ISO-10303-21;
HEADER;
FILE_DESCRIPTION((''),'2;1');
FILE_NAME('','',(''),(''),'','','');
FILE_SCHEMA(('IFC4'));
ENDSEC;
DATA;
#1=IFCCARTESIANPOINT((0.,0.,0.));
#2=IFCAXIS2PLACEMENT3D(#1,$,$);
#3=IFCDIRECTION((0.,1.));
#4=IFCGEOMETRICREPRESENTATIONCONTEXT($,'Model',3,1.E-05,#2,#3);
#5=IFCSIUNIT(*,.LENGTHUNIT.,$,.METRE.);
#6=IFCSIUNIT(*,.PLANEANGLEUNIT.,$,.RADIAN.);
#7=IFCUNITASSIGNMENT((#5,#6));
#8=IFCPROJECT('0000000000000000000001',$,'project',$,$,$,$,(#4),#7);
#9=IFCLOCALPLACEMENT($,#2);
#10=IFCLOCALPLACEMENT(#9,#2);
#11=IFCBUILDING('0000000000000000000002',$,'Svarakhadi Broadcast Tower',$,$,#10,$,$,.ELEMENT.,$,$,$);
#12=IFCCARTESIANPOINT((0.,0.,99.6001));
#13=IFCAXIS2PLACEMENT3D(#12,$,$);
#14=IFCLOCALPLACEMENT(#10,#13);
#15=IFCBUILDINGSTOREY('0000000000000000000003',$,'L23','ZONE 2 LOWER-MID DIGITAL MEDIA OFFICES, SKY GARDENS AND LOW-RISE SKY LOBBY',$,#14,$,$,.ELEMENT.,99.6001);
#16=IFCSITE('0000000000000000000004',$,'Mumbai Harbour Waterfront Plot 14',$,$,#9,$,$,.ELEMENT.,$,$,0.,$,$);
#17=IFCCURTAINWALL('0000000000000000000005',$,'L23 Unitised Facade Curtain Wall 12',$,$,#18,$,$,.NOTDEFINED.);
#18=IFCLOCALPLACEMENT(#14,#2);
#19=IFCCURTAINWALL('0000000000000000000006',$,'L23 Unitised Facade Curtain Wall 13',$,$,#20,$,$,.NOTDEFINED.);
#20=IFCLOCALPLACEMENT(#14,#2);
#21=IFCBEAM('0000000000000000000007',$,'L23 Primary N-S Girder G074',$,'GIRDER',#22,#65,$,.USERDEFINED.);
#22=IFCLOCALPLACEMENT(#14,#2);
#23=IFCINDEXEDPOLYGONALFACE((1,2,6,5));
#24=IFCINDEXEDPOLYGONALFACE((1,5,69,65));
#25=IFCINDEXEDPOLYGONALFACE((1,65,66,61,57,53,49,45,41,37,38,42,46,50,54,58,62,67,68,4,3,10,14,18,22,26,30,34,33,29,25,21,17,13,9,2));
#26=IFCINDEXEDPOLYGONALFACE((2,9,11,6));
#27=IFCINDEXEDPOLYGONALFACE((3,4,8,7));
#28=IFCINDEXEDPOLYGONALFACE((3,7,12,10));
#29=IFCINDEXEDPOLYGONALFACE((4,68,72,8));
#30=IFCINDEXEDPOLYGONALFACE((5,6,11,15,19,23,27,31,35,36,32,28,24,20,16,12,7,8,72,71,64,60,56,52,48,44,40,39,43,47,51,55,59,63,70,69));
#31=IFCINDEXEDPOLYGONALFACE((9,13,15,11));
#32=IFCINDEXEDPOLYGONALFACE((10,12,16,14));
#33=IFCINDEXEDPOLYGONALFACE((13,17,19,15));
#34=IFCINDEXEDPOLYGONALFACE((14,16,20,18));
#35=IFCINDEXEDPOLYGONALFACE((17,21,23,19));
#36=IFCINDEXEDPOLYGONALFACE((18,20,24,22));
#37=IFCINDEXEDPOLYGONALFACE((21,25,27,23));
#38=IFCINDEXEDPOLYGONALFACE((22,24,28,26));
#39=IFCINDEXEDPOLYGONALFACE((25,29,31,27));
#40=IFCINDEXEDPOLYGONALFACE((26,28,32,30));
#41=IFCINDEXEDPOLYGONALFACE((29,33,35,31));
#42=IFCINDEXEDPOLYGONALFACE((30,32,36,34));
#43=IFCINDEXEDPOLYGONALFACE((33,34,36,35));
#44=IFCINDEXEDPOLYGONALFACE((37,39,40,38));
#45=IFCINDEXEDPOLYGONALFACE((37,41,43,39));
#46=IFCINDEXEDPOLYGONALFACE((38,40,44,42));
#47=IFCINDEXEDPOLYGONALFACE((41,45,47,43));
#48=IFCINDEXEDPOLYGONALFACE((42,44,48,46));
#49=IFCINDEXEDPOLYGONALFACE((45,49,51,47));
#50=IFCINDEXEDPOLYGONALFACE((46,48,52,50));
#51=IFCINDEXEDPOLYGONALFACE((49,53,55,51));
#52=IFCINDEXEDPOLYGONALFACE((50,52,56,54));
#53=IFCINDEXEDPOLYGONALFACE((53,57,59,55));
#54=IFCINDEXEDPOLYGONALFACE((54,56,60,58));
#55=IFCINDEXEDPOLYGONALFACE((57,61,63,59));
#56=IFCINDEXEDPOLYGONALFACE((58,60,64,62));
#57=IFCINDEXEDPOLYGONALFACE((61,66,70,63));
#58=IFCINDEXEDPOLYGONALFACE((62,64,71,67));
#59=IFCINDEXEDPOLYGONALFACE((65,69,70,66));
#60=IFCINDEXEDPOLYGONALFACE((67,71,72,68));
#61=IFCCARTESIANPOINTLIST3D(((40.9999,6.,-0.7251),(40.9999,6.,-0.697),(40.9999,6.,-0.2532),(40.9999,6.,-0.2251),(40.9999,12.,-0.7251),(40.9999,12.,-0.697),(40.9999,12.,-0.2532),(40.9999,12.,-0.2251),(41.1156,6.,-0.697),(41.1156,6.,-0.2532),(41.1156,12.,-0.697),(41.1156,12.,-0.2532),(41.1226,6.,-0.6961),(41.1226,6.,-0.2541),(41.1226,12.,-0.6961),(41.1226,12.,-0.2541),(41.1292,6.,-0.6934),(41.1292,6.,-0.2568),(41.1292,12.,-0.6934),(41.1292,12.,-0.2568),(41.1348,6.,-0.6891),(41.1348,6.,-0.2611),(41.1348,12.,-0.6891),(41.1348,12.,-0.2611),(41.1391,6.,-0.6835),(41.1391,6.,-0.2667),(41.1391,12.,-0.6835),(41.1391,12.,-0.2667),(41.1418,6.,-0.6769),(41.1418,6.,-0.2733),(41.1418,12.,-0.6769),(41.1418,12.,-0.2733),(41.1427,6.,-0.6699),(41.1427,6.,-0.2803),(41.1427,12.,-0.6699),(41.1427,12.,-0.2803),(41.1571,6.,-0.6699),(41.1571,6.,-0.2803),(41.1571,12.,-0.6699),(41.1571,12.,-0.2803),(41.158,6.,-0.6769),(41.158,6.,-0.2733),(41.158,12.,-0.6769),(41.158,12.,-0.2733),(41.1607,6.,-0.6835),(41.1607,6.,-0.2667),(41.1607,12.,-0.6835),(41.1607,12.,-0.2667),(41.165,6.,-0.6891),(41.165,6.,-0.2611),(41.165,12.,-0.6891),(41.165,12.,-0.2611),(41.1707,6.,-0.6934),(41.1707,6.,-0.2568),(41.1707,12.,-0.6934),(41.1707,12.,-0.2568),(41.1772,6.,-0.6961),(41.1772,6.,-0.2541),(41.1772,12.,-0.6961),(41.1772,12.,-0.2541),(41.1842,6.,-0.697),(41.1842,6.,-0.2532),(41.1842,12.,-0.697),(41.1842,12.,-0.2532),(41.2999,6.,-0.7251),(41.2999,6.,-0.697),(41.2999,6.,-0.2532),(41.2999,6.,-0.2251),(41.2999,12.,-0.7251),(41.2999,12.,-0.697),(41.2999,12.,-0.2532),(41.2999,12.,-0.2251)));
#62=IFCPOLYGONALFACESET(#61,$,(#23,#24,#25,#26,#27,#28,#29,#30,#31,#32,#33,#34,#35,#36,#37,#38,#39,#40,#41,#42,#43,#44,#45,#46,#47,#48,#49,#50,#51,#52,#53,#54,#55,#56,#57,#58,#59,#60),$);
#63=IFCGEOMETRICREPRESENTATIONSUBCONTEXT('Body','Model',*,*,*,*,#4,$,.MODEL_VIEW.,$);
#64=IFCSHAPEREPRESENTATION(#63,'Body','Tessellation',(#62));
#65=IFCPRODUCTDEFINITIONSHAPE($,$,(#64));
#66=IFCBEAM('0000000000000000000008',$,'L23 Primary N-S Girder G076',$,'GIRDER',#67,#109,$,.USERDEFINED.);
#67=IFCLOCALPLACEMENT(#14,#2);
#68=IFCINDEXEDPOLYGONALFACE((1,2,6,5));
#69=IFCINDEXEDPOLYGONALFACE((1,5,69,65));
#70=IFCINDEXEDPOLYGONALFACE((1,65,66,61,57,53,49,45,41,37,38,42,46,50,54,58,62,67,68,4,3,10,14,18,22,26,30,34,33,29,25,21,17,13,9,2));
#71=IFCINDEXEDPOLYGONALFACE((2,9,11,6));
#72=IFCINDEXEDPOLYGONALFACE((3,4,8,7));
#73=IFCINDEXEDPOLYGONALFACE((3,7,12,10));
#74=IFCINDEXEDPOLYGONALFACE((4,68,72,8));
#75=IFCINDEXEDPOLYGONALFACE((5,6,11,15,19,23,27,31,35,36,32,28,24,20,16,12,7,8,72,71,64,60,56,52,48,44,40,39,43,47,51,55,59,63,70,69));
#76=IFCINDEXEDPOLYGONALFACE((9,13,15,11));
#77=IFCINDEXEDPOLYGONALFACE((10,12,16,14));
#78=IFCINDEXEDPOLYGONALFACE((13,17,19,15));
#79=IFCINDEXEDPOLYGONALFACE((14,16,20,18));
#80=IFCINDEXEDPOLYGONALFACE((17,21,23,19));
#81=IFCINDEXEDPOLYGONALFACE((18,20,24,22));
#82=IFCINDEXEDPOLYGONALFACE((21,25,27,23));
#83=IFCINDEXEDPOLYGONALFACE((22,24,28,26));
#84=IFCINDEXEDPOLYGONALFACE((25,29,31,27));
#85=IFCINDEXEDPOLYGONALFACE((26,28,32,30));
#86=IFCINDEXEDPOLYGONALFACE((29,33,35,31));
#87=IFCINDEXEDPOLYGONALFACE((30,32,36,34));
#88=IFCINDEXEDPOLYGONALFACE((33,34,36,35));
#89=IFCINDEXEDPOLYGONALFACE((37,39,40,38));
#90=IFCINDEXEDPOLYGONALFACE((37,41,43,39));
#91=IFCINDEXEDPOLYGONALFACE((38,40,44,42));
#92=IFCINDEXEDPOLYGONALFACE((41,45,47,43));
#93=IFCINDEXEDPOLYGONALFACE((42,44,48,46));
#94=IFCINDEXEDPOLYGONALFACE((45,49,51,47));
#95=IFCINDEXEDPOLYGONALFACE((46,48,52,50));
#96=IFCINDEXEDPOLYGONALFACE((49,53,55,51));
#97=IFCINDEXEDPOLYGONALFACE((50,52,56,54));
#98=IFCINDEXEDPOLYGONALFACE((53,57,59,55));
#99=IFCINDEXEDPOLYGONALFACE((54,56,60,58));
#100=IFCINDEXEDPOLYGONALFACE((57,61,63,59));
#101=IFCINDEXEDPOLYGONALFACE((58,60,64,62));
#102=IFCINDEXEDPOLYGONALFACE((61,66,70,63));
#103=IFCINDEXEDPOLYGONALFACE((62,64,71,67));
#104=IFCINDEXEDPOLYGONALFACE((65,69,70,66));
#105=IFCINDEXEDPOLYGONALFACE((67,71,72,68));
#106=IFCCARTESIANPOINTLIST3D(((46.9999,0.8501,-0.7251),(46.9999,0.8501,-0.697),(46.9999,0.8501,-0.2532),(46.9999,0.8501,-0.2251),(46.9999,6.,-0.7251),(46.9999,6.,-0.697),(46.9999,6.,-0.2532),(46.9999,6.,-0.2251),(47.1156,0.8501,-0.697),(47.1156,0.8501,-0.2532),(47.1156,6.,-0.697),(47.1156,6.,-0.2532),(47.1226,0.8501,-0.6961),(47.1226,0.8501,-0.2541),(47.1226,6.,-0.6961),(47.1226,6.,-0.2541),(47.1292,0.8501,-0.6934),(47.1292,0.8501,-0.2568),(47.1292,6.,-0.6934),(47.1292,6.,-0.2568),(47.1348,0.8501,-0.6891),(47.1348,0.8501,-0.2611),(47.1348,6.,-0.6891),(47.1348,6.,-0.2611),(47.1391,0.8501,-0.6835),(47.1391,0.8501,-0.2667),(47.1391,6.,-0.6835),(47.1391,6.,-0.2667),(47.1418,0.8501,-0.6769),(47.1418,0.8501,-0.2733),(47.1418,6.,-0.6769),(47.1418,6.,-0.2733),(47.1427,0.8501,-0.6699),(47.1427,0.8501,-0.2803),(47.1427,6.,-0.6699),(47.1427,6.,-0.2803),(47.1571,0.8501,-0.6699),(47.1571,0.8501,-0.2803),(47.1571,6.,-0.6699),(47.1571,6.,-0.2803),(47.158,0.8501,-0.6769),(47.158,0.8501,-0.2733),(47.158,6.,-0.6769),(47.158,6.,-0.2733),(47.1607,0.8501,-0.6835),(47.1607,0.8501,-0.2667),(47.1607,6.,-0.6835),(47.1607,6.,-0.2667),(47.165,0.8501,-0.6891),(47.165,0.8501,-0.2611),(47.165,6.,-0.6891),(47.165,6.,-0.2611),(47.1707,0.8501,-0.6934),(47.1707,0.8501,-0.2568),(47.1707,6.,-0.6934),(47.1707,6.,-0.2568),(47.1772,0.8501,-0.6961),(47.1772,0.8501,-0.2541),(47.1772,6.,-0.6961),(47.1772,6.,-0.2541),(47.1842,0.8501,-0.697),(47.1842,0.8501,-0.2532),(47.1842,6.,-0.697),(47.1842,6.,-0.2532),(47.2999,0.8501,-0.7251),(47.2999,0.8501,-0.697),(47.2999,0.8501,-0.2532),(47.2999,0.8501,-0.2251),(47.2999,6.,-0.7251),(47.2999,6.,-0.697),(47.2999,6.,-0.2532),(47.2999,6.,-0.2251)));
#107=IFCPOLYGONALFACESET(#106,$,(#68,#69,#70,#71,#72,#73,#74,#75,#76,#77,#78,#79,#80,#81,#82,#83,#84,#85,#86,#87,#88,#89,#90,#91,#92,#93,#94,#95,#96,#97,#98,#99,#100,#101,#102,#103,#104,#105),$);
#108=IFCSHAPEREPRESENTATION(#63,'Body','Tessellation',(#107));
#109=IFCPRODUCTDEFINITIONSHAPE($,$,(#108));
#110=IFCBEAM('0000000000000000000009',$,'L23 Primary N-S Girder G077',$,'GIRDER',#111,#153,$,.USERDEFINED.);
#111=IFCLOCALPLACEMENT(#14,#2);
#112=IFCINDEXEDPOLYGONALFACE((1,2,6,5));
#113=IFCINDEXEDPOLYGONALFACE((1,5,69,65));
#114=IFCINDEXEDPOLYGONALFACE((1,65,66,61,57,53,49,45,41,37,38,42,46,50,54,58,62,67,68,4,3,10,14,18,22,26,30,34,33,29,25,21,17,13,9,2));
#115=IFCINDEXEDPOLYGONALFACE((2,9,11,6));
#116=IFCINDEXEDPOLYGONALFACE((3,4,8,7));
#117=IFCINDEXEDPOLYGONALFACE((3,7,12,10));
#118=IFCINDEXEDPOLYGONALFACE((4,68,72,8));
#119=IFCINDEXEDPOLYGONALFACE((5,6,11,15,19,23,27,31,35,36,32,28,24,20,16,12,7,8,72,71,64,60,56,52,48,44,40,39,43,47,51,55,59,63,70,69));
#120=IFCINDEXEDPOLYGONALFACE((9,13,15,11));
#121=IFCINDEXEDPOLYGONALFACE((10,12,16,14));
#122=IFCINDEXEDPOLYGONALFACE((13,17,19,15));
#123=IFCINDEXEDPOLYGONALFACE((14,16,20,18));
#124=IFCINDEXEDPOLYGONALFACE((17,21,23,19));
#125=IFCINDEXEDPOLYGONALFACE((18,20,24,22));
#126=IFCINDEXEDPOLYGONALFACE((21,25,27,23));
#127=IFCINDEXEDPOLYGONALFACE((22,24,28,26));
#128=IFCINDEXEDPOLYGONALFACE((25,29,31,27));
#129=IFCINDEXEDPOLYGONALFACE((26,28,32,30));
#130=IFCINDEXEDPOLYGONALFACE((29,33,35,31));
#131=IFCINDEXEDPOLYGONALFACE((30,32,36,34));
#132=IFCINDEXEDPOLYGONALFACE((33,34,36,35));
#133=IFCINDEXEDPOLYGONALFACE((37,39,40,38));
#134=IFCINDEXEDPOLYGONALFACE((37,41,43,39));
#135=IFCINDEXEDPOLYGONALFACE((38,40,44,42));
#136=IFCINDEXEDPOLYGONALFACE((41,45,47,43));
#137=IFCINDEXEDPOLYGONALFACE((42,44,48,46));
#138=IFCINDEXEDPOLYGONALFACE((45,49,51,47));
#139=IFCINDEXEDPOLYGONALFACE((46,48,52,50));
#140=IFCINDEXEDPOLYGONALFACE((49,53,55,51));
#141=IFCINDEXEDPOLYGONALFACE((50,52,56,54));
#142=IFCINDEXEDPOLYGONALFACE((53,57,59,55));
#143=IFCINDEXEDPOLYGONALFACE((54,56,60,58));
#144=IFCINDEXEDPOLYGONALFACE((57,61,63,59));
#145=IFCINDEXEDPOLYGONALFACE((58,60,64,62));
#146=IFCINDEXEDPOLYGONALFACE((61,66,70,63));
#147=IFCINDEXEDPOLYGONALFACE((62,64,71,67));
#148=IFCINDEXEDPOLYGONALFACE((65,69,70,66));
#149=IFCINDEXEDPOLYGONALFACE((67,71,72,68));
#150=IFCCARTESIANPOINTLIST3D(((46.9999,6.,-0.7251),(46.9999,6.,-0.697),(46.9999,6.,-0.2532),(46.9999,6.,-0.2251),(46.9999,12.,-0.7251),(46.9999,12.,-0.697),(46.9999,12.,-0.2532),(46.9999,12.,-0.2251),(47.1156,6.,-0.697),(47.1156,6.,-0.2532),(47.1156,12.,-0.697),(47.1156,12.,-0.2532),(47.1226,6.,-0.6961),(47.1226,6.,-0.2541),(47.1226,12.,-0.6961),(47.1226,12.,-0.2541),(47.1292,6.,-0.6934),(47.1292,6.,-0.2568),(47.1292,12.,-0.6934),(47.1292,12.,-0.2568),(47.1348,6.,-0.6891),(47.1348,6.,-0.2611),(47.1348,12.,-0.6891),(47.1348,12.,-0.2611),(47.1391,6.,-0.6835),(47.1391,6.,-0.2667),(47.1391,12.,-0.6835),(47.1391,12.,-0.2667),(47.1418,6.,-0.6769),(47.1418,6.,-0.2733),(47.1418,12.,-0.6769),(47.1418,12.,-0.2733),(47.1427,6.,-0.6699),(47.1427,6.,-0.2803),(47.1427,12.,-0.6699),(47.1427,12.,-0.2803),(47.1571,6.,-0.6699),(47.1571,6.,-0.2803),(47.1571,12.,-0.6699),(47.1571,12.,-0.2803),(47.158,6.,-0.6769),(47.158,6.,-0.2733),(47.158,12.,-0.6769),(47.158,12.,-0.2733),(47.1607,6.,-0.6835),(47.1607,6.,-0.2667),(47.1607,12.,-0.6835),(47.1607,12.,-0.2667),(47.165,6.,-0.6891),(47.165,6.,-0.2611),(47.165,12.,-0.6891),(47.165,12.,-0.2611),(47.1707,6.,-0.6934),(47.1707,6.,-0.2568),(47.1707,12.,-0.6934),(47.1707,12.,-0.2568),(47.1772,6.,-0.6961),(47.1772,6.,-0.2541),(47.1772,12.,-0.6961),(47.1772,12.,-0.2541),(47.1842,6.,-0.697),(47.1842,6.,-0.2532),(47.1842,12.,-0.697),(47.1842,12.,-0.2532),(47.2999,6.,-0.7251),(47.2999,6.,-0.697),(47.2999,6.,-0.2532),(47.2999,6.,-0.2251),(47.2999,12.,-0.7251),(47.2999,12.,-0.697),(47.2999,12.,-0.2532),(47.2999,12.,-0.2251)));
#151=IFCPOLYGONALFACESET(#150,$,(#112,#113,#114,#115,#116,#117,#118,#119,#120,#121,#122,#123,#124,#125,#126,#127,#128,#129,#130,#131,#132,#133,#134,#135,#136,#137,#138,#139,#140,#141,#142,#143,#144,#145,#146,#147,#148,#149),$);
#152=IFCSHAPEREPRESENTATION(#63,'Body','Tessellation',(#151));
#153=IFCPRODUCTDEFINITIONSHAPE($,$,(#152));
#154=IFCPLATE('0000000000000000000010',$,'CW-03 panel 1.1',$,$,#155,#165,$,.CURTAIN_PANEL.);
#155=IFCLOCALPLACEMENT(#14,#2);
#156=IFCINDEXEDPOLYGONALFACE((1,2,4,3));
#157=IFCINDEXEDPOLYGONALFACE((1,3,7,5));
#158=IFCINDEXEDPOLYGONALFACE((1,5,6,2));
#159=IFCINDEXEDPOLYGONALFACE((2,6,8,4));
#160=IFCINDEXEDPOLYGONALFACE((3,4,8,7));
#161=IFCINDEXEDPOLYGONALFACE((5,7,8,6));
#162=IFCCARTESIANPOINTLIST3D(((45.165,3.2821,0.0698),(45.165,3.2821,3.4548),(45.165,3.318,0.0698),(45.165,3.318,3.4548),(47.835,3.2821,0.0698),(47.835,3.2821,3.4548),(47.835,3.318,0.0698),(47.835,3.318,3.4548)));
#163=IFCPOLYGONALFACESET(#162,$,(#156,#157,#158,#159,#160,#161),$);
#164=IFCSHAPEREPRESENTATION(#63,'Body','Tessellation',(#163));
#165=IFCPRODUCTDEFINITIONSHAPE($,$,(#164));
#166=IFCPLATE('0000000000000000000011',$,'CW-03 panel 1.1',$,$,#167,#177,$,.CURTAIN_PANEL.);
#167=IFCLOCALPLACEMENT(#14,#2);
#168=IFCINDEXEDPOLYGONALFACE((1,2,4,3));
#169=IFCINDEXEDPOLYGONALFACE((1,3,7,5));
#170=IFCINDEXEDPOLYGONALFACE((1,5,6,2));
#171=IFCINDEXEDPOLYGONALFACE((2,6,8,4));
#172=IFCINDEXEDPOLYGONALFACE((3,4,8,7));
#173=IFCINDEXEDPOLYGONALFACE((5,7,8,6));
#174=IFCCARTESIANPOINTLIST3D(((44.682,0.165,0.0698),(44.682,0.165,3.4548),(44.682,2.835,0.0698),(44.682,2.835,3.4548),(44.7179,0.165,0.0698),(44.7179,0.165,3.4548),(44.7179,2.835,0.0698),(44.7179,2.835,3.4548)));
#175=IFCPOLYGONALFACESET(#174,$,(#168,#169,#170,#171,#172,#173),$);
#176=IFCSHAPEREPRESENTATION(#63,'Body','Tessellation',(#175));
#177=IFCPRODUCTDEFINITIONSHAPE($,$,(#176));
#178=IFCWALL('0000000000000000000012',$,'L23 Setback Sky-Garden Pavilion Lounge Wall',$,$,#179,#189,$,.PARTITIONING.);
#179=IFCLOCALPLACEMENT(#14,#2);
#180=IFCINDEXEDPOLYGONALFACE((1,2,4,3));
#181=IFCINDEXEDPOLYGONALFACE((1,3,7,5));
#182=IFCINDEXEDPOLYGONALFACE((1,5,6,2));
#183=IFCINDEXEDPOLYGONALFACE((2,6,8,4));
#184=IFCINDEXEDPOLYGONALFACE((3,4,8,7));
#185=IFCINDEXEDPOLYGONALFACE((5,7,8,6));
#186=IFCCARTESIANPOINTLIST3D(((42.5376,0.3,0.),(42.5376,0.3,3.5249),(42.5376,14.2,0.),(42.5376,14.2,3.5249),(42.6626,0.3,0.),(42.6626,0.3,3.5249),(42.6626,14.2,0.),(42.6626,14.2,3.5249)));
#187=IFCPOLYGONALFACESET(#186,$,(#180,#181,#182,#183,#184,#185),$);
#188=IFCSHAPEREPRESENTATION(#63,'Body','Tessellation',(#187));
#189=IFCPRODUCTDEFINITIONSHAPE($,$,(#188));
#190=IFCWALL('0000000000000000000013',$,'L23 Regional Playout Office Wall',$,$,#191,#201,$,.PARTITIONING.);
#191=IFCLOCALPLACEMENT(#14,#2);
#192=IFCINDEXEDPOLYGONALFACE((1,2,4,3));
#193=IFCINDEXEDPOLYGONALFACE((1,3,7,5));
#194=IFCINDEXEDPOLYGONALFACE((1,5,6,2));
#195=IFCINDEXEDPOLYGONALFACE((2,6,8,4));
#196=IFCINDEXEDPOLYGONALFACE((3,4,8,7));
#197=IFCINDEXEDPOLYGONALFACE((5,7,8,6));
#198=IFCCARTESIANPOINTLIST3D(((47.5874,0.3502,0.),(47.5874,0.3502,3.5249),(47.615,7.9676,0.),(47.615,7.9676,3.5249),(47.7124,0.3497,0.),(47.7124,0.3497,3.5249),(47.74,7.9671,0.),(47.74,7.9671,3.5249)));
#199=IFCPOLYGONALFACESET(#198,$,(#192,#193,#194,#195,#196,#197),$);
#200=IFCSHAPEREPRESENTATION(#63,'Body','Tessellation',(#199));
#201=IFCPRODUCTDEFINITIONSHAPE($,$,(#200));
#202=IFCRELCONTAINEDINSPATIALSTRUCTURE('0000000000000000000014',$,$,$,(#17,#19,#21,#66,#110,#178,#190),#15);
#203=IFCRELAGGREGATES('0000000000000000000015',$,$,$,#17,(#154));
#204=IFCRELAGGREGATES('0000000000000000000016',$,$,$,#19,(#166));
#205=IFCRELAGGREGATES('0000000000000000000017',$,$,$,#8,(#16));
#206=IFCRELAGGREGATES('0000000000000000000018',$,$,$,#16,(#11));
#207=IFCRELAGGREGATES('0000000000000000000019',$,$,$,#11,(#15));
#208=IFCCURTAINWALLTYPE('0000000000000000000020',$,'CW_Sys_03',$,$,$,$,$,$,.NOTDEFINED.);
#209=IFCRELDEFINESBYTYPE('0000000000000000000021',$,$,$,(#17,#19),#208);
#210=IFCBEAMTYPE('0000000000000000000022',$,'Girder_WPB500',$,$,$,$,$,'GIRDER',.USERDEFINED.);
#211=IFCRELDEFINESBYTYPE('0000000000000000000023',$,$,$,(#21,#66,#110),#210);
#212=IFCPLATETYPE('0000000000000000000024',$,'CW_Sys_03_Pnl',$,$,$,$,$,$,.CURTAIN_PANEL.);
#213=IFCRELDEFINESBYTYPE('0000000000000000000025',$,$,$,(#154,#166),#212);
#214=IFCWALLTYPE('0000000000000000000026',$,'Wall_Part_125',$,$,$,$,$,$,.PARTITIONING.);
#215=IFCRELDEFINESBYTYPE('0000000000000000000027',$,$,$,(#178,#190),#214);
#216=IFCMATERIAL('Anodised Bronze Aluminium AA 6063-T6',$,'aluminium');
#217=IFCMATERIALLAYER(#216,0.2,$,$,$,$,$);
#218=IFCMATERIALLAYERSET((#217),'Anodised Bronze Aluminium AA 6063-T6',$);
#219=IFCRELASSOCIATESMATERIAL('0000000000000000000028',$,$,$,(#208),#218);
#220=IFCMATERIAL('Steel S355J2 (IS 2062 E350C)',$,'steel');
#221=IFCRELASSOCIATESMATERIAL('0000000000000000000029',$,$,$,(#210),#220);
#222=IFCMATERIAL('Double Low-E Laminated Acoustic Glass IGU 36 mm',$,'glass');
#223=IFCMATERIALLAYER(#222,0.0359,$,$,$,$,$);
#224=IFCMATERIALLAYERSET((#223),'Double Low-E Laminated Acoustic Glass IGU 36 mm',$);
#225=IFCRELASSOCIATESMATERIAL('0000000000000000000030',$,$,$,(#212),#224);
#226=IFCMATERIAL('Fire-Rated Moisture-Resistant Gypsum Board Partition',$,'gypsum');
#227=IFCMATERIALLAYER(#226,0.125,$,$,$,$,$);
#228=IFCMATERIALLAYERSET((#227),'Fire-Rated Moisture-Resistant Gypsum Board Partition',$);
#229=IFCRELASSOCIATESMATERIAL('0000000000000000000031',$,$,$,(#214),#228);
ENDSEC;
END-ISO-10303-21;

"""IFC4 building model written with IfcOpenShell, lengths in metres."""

from ifc_helpers import new_model, si_unit, direction, frame, frame_2d, origin, origin_2d, place, context, subcontext, project, spatial, rectangle, i_section, extrude, material, layer, layer_set, material_profile, profile_set, type_object, element, aggregate, save


model = new_model("IFC4")

# Units and contexts
model_context = context("Model", 3, precision=1e-05, world=origin(), true_north=direction((0.0, 1.0)))
body_context = subcontext(model_context, "Body", "Model", "MODEL_VIEW")
ifc_project = project(units=[si_unit("LENGTHUNIT", "METRE"), si_unit("PLANEANGLEUNIT", "RADIAN")], contexts=[model_context])

# Site, building, storey
site_placement = place(None, origin())
site = spatial("IfcSite", under=ifc_project, at=site_placement, Name="Mumbai Harbour Waterfront Plot 14", CompositionType="ELEMENT", RefElevation=0.0)
building_placement = place(site_placement, origin())
building = spatial("IfcBuilding", under=site, at=building_placement, Name="Svarakhadi Broadcast Tower", CompositionType="ELEMENT")
storey_placement = place(building_placement, frame((0.0, 0.0, 99.6001)))
storey = spatial("IfcBuildingStorey", under=building, at=storey_placement, Name="L23", Description="ZONE 2 LOWER-MID DIGITAL MEDIA OFFICES, SKY GARDENS AND LOW-RISE SKY LOBBY", CompositionType="ELEMENT", Elevation=99.6001)

# Shared definitions
ifc_material_1 = material(Name="Steel S355J2 (IS 2062 E350C)", Category="steel")

# Curtain walls
ifc_material_2 = material(Name="Anodised Bronze Aluminium AA 6063-T6", Category="aluminium")
ifc_layer_1 = layer(ifc_material_2, 0.2)
ifc_layer_set_1 = layer_set([ifc_layer_1], Name="Anodised Bronze Aluminium AA 6063-T6")
curtain_wall_type = type_object("IfcCurtainWallType", Name="CW_Sys_03", PredefinedType="NOTDEFINED", material=ifc_layer_set_1)
curtain_wall_1_placement = place(storey_placement, origin())
curtain_wall_1 = element("IfcCurtainWall", 1, at=curtain_wall_1_placement, inside=storey, type_object=curtain_wall_type, Name="L23 Unitised Facade Curtain Wall 12", PredefinedType="NOTDEFINED")
curtain_wall_2_placement = place(storey_placement, origin())
curtain_wall_2 = element("IfcCurtainWall", 2, at=curtain_wall_2_placement, inside=storey, type_object=curtain_wall_type, Name="L23 Unitised Facade Curtain Wall 13", PredefinedType="NOTDEFINED")

# Beams
ifc_material_profile_1 = material_profile(ifc_material_1, i_section(OverallWidth=0.3, OverallDepth=0.5, WebThickness=0.0144, FlangeThickness=0.0281, FilletRadius=0.0271, at=origin_2d()), Name="WPB 500x300x187")
ifc_profile_set_1 = profile_set([ifc_material_profile_1], Name="Steel S355J2 (IS 2062 E350C)")
beam_type_1 = type_object("IfcBeamType", Name="Girder_WPB500", ElementType="GIRDER", PredefinedType="USERDEFINED", material=ifc_profile_set_1)
beam_1_placement = place(storey_placement, frame((41.1499, 6.0, -0.4751), z_axis=(0.0, 1.0, 0.0), x_axis=(-1.0, 0.0, 0.0)))
element("IfcBeam", 3, at=beam_1_placement, inside=storey, type_object=beam_type_1, Name="L23 Primary N-S Girder G074", ObjectType="GIRDER", PredefinedType="USERDEFINED", context=body_context, shape_type="SweptSolid", body=[
    extrude(i_section(OverallWidth=0.3, OverallDepth=0.5, WebThickness=0.0144, FlangeThickness=0.0281, FilletRadius=0.0271, at=origin_2d()), origin(), (0.0, 0.0, 1.0), 6.0),
])
beam_2_placement = place(storey_placement, frame((47.1499, 0.8501, -0.4751), z_axis=(0.0, 1.0, 0.0), x_axis=(-1.0, 0.0, 0.0)))
element("IfcBeam", 4, at=beam_2_placement, inside=storey, type_object=beam_type_1, Name="L23 Primary N-S Girder G076", ObjectType="GIRDER", PredefinedType="USERDEFINED", context=body_context, shape_type="SweptSolid", body=[
    extrude(i_section(OverallWidth=0.3, OverallDepth=0.5, WebThickness=0.0144, FlangeThickness=0.0281, FilletRadius=0.0271, at=origin_2d()), origin(), (0.0, 0.0, 1.0), 5.1499),
])
beam_3_placement = place(storey_placement, frame((47.1499, 6.0, -0.4751), z_axis=(0.0, 1.0, 0.0), x_axis=(-1.0, 0.0, 0.0)))
element("IfcBeam", 5, at=beam_3_placement, inside=storey, type_object=beam_type_1, Name="L23 Primary N-S Girder G077", ObjectType="GIRDER", PredefinedType="USERDEFINED", context=body_context, shape_type="SweptSolid", body=[
    extrude(i_section(OverallWidth=0.3, OverallDepth=0.5, WebThickness=0.0144, FlangeThickness=0.0281, FilletRadius=0.0271, at=origin_2d()), origin(), (0.0, 0.0, 1.0), 6.0),
])

# Plates
ifc_material_3 = material(Name="Double Low-E Laminated Acoustic Glass IGU 36 mm", Category="glass")
ifc_layer_2 = layer(ifc_material_3, 0.0359)
ifc_layer_set_2 = layer_set([ifc_layer_2], Name="Double Low-E Laminated Acoustic Glass IGU 36 mm")
plate_type = type_object("IfcPlateType", Name="CW_Sys_03_Pnl", PredefinedType="CURTAIN_PANEL", material=ifc_layer_set_2)
plate_1_placement = place(storey_placement, frame((46.5, 3.3, 0.0698), z_axis=(0.0, 0.0, 1.0), x_axis=(-1.0, 0.0, 0.0)))
plate_1 = element("IfcPlate", 6, at=plate_1_placement, type_object=plate_type, Name="CW-03 panel 1.1", PredefinedType="CURTAIN_PANEL", context=body_context, shape_type="SweptSolid", body=[
    extrude(rectangle(XDim=2.6699, YDim=0.0359, at=origin_2d()), origin(), (0.0, 0.0, 1.0), 3.385),
])
aggregate(curtain_wall_1, [plate_1])
plate_2_placement = place(storey_placement, frame((44.7, 1.5, 0.0698), z_axis=(0.0, 0.0, 1.0), x_axis=(0.0, -1.0, 0.0)))
plate_2 = element("IfcPlate", 7, at=plate_2_placement, type_object=plate_type, Name="CW-03 panel 1.1", PredefinedType="CURTAIN_PANEL", context=body_context, shape_type="SweptSolid", body=[
    extrude(rectangle(XDim=2.6699, YDim=0.0359, at=origin_2d()), origin(), (0.0, 0.0, 1.0), 3.385),
])
aggregate(curtain_wall_2, [plate_2])

# Walls
ifc_material_4 = material(Name="Fire-Rated Moisture-Resistant Gypsum Board Partition", Category="gypsum")
ifc_layer_3 = layer(ifc_material_4, 0.125)
ifc_layer_set_3 = layer_set([ifc_layer_3], Name="Fire-Rated Moisture-Resistant Gypsum Board Partition")
wall_type = type_object("IfcWallType", Name="Wall_Part_125", PredefinedType="PARTITIONING", material=ifc_layer_set_3)
wall_1_placement = place(storey_placement, frame((42.6001, 0.3, 0.0), z_axis=(0.0, 0.0, 1.0), x_axis=(0.0, 1.0, 0.0)))
element("IfcWall", 8, at=wall_1_placement, inside=storey, type_object=wall_type, Name="L23 Setback Sky-Garden Pavilion Lounge Wall", PredefinedType="PARTITIONING", context=body_context, shape_type="SweptSolid", body=[
    extrude(rectangle(XDim=13.8999, YDim=0.125, at=frame_2d((6.95, 0.0))), origin(), (0.0, 0.0, 1.0), 3.5249),
])
wall_2_placement = place(storey_placement, frame((47.6499, 0.3501, 0.0), z_axis=(0.0, 0.0, 1.0), x_axis=(0.003622, 0.999993, 0.0)))
element("IfcWall", 9, at=wall_2_placement, inside=storey, type_object=wall_type, Name="L23 Regional Playout Office Wall", PredefinedType="PARTITIONING", context=body_context, shape_type="SweptSolid", body=[
    extrude(rectangle(XDim=7.6174, YDim=0.125, at=frame_2d((3.8086, 0.0))), origin(), (0.0, 0.0, 1.0), 3.5249),
])

save(model, "model.ifc")
